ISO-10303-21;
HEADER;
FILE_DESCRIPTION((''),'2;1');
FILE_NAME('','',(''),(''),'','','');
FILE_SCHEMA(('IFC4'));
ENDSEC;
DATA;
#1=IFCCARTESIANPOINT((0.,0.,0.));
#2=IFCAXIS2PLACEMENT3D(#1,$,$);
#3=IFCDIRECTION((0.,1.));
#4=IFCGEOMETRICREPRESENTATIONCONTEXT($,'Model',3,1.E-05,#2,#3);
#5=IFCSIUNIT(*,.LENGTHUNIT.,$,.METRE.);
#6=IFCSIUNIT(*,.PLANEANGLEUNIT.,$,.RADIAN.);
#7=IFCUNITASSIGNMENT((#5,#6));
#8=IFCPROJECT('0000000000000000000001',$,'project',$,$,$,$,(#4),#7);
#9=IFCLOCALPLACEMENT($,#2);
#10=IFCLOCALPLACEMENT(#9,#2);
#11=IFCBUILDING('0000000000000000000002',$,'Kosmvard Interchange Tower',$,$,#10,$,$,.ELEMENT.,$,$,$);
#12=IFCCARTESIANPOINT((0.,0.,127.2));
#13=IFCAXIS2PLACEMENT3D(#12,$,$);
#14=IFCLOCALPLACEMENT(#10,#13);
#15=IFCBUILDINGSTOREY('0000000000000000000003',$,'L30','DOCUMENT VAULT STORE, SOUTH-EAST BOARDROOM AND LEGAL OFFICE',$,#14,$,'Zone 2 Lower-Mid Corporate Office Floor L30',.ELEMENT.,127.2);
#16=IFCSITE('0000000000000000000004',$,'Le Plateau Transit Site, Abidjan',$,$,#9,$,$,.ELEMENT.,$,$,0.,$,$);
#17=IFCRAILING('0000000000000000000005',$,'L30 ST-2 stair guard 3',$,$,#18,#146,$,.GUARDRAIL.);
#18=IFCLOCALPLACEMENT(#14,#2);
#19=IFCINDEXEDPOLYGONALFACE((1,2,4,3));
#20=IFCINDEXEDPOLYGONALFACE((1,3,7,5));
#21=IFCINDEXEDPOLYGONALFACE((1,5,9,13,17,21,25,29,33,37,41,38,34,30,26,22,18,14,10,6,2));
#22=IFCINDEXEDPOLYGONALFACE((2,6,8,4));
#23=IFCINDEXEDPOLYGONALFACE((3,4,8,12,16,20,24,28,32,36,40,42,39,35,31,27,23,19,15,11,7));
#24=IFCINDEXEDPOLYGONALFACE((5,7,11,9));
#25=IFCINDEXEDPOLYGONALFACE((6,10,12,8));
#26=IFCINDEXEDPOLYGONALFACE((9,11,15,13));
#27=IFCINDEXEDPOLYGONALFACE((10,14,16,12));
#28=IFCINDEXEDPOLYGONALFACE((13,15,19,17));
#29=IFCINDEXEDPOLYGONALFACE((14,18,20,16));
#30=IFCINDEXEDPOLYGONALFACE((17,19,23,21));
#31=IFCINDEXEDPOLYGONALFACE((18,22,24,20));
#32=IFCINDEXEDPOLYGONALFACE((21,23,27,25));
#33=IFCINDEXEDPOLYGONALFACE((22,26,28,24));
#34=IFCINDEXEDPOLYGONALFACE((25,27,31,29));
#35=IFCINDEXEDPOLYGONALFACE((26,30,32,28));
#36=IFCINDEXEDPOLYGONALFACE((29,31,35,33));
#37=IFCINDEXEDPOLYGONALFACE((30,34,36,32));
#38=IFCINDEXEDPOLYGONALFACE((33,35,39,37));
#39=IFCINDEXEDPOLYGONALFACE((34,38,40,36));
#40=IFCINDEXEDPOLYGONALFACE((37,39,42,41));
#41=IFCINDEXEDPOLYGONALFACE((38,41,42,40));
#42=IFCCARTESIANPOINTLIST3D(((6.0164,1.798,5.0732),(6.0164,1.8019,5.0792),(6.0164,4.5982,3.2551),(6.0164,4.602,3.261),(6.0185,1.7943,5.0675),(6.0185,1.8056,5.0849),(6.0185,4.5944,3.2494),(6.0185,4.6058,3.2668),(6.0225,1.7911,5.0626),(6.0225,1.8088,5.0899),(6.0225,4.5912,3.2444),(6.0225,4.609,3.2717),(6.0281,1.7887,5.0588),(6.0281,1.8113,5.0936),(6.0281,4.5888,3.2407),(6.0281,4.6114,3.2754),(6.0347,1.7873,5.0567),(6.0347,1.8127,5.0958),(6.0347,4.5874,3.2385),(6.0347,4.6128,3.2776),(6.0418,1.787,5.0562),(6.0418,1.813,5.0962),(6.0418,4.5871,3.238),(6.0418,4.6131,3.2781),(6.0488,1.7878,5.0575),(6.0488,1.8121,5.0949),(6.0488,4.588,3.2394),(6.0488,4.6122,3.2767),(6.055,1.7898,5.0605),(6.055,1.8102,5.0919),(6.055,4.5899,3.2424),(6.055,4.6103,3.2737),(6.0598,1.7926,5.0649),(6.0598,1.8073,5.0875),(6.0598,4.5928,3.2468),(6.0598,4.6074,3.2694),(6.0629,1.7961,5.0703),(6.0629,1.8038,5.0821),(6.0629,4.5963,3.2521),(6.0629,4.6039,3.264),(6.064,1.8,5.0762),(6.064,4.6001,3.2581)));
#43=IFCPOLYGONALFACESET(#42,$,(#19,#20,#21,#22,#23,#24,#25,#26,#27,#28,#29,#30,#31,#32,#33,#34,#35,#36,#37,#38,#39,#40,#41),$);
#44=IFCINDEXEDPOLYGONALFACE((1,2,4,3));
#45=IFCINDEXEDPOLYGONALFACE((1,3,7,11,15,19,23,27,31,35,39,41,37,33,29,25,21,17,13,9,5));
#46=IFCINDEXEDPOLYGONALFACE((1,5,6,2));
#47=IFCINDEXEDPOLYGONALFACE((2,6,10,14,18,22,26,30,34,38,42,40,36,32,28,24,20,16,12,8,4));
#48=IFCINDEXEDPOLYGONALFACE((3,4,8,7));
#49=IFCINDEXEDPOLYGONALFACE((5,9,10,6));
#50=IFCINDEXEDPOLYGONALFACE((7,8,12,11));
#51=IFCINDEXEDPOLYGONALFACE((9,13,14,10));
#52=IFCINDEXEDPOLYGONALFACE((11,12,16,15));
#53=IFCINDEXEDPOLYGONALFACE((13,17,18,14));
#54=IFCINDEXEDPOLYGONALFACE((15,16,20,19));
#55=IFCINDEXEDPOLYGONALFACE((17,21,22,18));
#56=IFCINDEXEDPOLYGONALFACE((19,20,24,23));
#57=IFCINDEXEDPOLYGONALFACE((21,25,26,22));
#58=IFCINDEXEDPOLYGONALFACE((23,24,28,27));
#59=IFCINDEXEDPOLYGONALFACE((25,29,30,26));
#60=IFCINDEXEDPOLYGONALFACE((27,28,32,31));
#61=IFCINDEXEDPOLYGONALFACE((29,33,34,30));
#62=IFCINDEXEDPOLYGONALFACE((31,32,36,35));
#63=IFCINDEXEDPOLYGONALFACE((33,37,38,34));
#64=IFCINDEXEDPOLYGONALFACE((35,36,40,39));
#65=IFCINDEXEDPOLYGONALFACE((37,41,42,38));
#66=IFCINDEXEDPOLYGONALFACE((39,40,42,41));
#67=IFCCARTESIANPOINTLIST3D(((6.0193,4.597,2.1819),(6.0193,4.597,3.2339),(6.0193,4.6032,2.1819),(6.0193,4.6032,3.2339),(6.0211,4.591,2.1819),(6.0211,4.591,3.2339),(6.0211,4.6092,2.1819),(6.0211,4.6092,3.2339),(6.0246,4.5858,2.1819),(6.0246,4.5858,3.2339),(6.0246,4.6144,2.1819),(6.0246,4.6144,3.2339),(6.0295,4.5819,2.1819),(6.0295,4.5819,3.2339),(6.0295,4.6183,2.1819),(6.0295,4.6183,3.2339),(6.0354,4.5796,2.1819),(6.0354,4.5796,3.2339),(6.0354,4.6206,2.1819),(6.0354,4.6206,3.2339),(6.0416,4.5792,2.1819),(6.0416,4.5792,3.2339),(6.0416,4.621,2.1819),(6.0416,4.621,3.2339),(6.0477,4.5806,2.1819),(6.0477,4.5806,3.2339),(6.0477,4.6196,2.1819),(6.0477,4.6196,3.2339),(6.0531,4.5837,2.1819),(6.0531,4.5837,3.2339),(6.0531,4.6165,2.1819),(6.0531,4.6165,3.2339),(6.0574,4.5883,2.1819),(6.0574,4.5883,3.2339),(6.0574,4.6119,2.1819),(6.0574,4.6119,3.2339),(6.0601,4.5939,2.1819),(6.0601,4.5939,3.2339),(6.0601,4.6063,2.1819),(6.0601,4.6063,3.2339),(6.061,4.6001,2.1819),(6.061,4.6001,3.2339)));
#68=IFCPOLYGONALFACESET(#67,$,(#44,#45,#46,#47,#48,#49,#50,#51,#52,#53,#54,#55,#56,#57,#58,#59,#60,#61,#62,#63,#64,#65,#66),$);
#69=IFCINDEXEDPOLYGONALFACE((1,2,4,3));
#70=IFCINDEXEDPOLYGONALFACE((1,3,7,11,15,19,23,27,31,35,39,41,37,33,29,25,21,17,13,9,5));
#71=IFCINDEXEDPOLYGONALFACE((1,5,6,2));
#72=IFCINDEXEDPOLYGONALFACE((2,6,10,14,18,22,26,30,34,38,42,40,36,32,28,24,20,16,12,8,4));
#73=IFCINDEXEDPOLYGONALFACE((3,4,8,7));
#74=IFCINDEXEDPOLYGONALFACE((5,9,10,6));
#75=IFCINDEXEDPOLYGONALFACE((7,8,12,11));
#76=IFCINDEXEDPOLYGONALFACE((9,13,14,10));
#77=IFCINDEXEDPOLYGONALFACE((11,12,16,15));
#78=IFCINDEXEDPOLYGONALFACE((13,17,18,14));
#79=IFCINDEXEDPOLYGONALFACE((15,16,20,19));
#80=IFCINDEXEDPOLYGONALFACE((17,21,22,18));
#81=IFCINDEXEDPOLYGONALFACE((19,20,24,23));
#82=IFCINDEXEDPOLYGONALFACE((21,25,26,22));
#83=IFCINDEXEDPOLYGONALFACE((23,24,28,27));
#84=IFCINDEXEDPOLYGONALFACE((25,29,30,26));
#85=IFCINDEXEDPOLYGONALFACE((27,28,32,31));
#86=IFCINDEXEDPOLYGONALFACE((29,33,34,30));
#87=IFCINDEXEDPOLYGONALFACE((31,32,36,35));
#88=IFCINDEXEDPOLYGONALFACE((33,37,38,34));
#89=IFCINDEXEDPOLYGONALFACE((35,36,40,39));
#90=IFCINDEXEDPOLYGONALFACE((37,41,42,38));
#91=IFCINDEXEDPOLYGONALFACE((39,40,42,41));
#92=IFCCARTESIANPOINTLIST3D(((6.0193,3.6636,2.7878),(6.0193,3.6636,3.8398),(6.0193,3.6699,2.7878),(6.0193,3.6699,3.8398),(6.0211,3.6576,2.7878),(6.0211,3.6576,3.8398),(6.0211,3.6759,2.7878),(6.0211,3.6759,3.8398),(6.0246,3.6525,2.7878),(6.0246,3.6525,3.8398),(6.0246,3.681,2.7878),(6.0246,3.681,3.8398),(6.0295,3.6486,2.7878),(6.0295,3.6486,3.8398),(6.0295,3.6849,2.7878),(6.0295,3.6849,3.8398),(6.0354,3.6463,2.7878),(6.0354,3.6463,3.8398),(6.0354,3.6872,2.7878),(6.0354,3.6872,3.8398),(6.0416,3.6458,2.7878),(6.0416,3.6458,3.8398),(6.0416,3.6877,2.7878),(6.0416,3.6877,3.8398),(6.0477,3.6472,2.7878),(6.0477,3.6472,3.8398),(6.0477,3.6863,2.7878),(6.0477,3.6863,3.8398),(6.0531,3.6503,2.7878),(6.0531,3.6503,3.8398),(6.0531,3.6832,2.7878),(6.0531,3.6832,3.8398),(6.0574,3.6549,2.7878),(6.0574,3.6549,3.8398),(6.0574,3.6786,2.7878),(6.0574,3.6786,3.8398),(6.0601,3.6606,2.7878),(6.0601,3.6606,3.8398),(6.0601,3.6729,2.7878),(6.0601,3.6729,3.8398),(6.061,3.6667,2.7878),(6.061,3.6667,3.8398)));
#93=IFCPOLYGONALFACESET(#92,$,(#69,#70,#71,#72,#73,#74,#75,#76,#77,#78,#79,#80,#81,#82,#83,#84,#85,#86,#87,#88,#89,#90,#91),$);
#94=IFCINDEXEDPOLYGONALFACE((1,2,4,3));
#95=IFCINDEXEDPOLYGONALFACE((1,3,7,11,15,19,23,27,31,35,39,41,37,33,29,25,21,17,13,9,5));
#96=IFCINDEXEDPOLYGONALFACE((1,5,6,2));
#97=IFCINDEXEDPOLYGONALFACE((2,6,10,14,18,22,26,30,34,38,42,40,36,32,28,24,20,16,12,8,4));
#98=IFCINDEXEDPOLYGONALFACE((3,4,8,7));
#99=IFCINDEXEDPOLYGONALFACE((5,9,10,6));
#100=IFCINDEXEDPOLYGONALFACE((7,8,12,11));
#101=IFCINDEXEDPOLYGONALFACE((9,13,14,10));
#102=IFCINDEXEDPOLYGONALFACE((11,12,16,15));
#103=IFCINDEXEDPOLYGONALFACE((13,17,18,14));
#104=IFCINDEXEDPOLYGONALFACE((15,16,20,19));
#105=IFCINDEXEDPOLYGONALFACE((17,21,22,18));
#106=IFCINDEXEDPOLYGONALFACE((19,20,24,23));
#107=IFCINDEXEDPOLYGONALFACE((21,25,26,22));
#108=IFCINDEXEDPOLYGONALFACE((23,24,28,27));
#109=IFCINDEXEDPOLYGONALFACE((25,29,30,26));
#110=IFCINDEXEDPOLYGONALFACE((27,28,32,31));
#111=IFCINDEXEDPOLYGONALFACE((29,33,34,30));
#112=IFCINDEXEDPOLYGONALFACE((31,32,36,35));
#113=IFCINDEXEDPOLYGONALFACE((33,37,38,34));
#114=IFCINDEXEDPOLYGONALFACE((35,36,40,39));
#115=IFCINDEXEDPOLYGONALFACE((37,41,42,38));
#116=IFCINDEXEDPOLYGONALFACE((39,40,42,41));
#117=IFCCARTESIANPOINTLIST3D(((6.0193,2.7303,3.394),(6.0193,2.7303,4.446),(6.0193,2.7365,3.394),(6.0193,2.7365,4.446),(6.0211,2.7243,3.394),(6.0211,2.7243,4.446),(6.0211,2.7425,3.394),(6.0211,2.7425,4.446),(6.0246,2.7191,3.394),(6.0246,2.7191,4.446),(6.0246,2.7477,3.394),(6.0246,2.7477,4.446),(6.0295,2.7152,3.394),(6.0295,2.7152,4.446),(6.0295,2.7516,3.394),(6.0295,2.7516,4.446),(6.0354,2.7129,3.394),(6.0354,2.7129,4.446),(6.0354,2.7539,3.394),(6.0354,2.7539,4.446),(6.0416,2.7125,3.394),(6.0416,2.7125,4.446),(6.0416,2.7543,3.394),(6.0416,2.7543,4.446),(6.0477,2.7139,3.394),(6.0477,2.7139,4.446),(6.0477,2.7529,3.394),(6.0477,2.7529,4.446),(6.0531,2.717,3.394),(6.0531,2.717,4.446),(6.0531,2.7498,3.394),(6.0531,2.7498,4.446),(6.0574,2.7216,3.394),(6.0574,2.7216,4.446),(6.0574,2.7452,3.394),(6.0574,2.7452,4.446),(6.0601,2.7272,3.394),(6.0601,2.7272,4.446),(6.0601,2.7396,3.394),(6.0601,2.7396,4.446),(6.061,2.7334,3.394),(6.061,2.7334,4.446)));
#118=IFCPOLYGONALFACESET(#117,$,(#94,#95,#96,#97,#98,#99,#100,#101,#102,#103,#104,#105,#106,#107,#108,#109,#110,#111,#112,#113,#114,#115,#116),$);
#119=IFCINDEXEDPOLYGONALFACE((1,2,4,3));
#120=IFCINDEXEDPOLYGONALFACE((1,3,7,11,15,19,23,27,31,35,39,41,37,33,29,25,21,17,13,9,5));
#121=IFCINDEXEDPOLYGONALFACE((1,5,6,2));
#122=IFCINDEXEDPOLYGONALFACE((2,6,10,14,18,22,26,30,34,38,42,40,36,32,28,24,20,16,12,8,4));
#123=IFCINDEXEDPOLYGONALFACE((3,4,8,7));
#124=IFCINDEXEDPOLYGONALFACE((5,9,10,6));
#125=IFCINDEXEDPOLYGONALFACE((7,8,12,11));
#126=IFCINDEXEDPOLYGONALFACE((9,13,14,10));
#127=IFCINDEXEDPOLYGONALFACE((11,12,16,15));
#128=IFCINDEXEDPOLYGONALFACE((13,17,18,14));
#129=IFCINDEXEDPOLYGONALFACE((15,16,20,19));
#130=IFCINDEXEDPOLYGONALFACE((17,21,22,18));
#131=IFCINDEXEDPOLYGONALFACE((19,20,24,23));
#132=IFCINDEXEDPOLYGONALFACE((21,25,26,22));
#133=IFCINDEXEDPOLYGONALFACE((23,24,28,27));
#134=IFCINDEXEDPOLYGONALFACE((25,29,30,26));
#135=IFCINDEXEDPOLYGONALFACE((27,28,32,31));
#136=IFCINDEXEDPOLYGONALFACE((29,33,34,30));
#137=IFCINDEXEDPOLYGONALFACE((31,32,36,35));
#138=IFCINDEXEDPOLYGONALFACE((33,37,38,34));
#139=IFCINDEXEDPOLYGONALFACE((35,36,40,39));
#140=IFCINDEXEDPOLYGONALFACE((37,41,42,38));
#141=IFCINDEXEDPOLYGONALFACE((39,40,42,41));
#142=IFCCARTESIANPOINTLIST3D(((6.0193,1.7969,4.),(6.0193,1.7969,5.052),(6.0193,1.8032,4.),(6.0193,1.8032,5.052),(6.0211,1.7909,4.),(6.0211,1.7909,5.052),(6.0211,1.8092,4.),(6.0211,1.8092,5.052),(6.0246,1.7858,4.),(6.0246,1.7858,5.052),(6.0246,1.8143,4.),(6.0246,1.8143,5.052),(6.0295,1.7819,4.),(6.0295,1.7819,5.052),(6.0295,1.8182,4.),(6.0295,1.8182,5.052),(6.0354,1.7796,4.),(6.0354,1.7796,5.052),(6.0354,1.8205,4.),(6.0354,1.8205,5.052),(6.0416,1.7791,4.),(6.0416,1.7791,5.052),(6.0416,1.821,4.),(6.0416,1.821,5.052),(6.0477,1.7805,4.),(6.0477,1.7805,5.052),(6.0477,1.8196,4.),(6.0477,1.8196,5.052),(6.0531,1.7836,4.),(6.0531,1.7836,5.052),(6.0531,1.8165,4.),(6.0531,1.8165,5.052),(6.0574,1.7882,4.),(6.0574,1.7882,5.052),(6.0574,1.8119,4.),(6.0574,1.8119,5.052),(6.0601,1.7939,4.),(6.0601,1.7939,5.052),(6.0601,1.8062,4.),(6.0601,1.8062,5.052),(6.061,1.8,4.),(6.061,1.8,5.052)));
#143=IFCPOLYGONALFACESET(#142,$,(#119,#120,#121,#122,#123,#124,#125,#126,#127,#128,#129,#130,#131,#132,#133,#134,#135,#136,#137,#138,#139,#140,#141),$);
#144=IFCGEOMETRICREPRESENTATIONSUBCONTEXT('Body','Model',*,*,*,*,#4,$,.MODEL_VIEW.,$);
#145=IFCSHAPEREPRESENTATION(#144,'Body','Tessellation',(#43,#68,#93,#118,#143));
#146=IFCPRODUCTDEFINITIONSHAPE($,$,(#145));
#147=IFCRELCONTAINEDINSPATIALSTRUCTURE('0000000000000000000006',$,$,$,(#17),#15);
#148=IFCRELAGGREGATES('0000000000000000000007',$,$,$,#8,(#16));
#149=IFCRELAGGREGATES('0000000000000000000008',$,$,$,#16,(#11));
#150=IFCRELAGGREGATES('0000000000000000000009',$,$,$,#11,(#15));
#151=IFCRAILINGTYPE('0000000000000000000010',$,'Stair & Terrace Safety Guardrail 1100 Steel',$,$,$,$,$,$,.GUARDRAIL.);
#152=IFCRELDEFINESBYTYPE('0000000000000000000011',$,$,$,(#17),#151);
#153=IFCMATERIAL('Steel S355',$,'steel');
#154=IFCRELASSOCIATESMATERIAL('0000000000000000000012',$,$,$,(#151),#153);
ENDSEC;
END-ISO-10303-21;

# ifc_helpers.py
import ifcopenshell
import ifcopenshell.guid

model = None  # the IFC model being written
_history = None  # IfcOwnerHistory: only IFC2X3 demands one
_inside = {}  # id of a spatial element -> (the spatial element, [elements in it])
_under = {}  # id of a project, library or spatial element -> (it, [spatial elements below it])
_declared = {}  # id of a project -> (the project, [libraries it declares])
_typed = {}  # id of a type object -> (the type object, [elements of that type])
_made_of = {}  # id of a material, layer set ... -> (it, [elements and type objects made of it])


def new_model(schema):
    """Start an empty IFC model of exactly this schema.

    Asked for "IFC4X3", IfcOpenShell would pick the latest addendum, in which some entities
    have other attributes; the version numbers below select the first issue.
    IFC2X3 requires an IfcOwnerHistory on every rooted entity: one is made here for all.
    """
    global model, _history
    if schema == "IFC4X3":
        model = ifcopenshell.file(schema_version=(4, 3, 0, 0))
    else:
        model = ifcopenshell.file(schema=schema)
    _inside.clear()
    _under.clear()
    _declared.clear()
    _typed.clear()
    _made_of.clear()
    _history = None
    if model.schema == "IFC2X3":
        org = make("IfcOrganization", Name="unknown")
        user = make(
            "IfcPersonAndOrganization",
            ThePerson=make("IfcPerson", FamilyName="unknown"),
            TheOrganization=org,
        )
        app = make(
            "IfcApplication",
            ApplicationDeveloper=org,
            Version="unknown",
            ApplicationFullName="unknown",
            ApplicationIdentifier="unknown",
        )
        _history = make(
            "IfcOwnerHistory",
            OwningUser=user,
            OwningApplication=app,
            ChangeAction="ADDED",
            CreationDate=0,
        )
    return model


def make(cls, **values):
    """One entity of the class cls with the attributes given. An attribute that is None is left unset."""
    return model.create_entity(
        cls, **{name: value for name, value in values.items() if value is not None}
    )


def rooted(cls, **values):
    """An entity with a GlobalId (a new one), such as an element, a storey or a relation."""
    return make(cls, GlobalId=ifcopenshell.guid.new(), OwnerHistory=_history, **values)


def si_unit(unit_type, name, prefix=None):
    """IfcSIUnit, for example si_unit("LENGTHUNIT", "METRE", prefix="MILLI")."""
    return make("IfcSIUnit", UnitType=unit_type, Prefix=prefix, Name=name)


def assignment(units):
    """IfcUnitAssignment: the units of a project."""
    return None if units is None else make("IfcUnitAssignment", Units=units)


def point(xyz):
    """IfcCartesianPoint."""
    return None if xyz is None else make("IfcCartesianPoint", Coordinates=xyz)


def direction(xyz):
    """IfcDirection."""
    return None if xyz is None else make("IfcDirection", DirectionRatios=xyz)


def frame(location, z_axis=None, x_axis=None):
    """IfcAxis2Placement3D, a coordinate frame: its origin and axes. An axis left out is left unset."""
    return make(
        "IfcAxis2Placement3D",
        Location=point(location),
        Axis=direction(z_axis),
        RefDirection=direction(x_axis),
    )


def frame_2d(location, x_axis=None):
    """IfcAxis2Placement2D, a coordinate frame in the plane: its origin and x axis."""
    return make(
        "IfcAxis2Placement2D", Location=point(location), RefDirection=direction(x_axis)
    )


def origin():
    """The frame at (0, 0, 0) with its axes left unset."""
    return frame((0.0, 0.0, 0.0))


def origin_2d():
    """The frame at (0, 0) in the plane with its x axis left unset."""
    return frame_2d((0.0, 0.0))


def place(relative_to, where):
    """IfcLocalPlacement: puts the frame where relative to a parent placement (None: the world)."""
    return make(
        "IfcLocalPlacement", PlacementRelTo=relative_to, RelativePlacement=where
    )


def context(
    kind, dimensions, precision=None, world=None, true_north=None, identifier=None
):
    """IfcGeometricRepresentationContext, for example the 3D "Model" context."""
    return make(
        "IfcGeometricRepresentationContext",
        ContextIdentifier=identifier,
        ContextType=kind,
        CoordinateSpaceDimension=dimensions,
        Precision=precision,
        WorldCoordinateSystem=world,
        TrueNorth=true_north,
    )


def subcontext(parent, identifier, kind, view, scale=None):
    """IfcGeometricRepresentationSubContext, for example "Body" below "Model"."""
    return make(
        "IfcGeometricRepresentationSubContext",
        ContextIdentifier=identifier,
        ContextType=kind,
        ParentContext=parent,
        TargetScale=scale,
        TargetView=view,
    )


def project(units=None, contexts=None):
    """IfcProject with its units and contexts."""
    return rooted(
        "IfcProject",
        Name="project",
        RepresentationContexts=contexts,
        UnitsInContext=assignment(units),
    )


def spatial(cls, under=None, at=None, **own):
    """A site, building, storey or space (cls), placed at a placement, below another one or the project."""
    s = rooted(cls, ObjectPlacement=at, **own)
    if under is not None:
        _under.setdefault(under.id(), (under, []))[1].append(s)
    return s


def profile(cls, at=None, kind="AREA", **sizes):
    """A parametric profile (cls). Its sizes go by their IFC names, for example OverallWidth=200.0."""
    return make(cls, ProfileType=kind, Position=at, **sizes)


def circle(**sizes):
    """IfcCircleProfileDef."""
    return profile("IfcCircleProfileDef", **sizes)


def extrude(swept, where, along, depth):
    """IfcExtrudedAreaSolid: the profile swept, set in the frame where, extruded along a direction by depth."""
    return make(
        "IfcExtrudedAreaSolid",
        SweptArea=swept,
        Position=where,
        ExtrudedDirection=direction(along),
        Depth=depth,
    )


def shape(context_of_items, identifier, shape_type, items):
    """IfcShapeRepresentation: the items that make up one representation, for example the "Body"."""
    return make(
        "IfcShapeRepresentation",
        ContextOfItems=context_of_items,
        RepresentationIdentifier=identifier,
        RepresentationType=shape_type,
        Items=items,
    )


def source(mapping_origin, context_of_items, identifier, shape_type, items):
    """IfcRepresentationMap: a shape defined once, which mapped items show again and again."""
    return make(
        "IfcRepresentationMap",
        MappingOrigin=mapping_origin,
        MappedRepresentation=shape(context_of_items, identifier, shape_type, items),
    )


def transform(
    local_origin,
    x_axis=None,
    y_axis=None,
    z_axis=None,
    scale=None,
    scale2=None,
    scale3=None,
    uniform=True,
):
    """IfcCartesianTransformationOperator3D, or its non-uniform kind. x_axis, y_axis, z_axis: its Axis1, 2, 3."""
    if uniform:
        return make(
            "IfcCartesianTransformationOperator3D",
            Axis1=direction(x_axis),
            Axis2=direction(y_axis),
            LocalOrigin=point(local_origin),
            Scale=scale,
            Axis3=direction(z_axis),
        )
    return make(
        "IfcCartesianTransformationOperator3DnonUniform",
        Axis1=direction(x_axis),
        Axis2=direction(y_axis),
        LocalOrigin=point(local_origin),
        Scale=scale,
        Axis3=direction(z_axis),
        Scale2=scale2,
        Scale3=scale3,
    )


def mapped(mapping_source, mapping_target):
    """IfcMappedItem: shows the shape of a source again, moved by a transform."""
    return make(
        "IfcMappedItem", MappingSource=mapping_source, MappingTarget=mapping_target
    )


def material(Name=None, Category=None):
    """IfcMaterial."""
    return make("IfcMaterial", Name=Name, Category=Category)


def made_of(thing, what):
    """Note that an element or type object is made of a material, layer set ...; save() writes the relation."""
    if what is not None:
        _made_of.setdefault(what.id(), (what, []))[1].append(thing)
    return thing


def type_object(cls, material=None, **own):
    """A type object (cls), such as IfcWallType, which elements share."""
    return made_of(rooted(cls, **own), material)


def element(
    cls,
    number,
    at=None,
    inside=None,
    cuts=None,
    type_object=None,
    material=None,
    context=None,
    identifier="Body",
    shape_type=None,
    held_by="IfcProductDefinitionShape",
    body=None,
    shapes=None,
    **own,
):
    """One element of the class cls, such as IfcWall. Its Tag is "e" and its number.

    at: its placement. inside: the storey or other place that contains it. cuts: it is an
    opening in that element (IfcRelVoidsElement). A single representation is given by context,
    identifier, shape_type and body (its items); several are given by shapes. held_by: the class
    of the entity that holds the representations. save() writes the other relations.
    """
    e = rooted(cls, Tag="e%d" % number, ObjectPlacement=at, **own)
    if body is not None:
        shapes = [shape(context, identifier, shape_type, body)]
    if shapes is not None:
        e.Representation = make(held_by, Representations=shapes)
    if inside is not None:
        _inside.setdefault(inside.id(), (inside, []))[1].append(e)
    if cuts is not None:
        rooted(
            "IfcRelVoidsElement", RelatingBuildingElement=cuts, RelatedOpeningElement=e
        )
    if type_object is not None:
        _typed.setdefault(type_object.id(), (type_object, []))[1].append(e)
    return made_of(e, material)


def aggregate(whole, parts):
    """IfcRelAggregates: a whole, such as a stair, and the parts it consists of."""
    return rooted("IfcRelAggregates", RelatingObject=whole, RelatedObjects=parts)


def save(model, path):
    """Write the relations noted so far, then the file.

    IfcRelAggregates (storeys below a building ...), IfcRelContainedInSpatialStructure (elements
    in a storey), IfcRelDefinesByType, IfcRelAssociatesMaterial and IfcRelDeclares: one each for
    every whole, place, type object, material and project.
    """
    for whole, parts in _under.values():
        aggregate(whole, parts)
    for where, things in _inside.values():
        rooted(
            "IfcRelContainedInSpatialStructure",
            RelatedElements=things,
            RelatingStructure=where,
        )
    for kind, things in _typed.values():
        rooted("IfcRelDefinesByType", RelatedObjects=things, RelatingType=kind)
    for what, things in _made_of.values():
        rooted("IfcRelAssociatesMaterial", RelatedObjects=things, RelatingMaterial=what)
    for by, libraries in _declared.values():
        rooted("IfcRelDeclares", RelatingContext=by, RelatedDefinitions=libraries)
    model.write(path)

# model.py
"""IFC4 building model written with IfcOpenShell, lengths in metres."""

from ifc_helpers import new_model, si_unit, direction, frame, origin, origin_2d, place, context, subcontext, project, spatial, circle, extrude, source, transform, mapped, material, type_object, element, save


model = new_model("IFC4")

# Units and contexts
model_context = context("Model", 3, precision=1e-05, world=origin(), true_north=direction((0.0, 1.0)))
body_context = subcontext(model_context, "Body", "Model", "MODEL_VIEW")
ifc_project = project(units=[si_unit("LENGTHUNIT", "METRE"), si_unit("PLANEANGLEUNIT", "RADIAN")], contexts=[model_context])

# Site, building, storey
site_placement = place(None, origin())
site = spatial("IfcSite", under=ifc_project, at=site_placement, Name="Le Plateau Transit Site, Abidjan", CompositionType="ELEMENT", RefElevation=0.0)
building_placement = place(site_placement, origin())
building = spatial("IfcBuilding", under=site, at=building_placement, Name="Kosmvard Interchange Tower", CompositionType="ELEMENT")
storey_placement = place(building_placement, frame((0.0, 0.0, 127.2)))
storey = spatial("IfcBuildingStorey", under=building, at=storey_placement, Name="L30", Description="DOCUMENT VAULT STORE, SOUTH-EAST BOARDROOM AND LEGAL OFFICE", LongName="Zone 2 Lower-Mid Corporate Office Floor L30", CompositionType="ELEMENT", Elevation=127.2)

# Shared definitions
ifc_material_1 = material(Name="Steel S355", Category="steel")

# Railing
railing_type_1 = type_object("IfcRailingType", Name="Stair & Terrace Safety Guardrail 1100 Steel", PredefinedType="GUARDRAIL", material=ifc_material_1)
shared_shape_1 = source(origin(), body_context, "Body", "SweptSolid", [
    extrude(circle(Radius=0.0239, at=origin_2d()), frame((0.0, 0.0, 1.0762), z_axis=(0.0, -0.838706, 0.544585), x_axis=(1.0, 0.0, 0.0)), (0.0, 0.0, 1.0), 3.3386),
    extrude(circle(Radius=0.021, at=origin_2d()), origin(), (0.0, 0.0, 1.0), 1.052),
    extrude(circle(Radius=0.021, at=origin_2d()), frame((0.0, -0.9333, 0.606)), (0.0, 0.0, 1.0), 1.052),
    extrude(circle(Radius=0.021, at=origin_2d()), frame((0.0, -1.8667, 1.2122)), (0.0, 0.0, 1.0), 1.052),
    extrude(circle(Radius=0.021, at=origin_2d()), frame((0.0, -2.8, 1.8181)), (0.0, 0.0, 1.0), 1.052),
])
railing_1_placement = place(storey_placement, frame((6.04, 4.6001, 2.1819)))
element("IfcRailing", 1, at=railing_1_placement, inside=storey, type_object=railing_type_1, Name="L30 ST-2 stair guard 3", PredefinedType="GUARDRAIL", context=body_context, shape_type="MappedRepresentation", body=[
    mapped(shared_shape_1, transform((0.0, 0.0, 0.0), scale=1.0)),
])

save(model, "model.ifc")
